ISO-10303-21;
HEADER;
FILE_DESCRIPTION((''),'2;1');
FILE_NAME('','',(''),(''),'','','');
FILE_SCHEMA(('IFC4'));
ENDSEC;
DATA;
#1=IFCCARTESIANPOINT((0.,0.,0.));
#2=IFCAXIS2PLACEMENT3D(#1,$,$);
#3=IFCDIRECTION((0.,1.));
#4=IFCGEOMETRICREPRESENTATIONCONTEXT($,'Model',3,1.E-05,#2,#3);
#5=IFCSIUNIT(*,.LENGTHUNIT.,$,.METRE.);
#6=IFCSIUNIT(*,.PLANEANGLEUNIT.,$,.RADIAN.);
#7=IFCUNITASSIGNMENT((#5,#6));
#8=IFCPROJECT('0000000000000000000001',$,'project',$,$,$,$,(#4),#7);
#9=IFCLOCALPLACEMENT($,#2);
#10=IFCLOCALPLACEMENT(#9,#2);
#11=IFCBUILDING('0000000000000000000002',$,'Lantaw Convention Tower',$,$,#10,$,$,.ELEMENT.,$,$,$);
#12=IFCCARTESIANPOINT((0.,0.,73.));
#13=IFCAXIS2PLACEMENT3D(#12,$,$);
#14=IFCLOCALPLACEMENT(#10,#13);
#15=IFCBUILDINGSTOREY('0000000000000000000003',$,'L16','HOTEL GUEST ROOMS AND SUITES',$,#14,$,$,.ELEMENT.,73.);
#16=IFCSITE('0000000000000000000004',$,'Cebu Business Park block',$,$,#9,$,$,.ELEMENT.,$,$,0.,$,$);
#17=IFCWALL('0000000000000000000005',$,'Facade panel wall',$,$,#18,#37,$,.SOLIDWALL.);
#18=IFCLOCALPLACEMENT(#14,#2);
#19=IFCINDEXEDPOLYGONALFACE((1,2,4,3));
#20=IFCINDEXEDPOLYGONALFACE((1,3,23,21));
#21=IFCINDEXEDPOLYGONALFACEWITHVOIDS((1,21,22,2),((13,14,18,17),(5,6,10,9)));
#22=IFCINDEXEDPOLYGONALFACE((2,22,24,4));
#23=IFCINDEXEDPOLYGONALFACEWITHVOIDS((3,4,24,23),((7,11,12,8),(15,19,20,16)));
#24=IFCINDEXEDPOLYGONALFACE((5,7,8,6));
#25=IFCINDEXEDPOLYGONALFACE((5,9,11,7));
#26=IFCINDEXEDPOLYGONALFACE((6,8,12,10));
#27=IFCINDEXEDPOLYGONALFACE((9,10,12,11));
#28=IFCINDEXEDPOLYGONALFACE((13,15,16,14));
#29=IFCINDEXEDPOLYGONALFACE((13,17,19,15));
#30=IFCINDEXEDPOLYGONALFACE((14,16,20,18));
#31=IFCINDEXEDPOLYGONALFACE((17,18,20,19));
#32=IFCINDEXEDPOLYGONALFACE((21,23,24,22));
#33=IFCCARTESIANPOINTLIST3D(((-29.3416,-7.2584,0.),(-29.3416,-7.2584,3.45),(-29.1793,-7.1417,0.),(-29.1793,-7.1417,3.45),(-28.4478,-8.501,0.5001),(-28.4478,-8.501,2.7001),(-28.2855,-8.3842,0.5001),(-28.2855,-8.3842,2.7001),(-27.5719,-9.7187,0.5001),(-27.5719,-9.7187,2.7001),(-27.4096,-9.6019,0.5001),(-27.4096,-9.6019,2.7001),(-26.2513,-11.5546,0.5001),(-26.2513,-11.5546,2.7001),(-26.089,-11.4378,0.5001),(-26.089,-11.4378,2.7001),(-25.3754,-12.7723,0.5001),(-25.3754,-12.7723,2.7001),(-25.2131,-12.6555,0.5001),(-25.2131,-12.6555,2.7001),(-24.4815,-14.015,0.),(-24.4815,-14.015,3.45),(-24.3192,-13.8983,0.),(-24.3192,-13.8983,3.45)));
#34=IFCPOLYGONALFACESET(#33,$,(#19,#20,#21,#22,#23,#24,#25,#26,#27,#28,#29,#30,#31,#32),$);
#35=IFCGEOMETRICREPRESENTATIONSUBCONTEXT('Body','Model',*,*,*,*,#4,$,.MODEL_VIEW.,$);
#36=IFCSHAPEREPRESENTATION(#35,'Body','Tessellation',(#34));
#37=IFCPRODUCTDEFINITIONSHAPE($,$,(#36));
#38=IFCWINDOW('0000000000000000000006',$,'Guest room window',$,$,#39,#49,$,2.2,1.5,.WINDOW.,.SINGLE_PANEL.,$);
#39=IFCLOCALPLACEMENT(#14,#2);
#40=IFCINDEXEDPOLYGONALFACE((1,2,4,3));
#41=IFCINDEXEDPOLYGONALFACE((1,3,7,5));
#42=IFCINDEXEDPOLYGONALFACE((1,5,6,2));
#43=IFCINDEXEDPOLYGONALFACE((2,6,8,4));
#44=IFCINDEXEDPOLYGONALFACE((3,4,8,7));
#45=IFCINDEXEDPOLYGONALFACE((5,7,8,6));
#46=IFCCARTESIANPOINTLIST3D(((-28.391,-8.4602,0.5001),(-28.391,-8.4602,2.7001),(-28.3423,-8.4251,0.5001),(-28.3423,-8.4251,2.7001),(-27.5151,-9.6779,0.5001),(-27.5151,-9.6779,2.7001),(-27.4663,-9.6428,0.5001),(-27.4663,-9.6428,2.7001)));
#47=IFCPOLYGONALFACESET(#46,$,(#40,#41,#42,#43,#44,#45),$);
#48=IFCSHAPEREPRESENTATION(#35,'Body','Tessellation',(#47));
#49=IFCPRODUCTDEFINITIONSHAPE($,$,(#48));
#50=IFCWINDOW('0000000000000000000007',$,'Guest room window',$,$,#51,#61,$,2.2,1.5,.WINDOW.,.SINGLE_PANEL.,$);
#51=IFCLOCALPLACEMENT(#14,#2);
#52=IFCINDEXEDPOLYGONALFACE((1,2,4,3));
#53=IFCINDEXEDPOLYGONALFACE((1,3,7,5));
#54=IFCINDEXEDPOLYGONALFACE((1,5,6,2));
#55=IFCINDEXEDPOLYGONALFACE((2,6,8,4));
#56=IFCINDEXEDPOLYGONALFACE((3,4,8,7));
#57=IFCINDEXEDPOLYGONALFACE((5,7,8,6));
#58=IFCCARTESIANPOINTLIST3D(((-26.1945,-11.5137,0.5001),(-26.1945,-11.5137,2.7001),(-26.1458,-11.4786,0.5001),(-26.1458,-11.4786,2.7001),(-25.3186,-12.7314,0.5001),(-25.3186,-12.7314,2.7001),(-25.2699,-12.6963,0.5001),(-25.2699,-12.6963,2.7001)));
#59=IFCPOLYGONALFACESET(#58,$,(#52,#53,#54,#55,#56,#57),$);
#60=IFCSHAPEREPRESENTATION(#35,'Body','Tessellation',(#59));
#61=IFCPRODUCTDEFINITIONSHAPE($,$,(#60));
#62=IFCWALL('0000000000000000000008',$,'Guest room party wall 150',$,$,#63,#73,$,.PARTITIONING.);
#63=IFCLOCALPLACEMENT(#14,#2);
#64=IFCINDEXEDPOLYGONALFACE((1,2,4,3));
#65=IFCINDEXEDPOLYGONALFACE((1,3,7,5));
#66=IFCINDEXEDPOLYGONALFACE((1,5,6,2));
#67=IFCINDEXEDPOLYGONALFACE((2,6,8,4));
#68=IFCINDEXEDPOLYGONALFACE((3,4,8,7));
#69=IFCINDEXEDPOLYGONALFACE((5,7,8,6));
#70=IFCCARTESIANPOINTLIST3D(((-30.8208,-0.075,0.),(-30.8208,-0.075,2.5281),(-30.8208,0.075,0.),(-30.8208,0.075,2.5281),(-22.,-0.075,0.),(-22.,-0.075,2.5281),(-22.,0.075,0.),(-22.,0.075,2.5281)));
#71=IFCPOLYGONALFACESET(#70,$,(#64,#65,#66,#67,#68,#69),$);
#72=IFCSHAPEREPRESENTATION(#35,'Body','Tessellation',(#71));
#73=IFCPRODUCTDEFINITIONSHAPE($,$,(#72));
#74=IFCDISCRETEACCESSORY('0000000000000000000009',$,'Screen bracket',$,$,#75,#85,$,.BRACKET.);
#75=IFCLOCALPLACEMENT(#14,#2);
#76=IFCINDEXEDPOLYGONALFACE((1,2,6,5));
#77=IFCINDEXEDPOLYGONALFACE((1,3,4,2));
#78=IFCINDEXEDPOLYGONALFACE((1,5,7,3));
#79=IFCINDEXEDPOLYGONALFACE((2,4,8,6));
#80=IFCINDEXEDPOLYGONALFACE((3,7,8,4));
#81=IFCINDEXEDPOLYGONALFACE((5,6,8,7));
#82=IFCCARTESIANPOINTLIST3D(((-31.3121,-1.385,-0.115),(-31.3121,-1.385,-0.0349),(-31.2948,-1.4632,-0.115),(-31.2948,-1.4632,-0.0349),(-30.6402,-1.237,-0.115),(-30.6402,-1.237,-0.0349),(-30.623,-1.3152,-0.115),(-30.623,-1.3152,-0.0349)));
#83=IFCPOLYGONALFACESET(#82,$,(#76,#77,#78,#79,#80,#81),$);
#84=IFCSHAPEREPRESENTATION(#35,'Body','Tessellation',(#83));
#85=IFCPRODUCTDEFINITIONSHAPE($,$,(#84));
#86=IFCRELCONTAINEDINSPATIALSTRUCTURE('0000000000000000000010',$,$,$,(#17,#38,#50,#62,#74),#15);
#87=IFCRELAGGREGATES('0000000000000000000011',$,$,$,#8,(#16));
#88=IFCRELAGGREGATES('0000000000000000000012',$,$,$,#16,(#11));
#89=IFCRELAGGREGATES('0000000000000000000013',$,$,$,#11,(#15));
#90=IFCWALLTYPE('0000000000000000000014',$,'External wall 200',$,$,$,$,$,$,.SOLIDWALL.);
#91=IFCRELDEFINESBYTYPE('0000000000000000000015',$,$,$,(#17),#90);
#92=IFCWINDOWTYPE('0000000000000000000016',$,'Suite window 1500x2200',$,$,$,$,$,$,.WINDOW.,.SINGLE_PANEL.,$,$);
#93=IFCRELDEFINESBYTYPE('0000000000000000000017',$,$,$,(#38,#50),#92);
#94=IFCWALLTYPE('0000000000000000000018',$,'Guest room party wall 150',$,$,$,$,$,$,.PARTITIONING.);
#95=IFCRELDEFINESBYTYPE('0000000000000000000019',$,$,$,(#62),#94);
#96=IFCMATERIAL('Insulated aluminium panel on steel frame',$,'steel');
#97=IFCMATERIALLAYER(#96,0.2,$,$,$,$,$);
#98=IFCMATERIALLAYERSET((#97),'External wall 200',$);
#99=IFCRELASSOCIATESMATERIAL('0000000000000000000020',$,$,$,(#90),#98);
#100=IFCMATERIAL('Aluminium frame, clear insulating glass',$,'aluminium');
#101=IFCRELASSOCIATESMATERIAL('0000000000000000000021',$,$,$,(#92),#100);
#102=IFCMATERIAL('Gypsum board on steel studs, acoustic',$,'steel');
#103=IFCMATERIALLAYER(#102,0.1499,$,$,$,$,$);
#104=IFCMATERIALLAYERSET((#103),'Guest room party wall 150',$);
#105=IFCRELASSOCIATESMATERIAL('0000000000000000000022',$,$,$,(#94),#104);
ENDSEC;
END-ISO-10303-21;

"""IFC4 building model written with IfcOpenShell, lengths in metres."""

from ifc_helpers import new_model, si_unit, direction, frame, frame_2d, origin, origin_2d, place, context, subcontext, project, spatial, rectangle, extrude, material, layer, layer_set, type_object, element, fill, save


model = new_model("IFC4")

# Units and contexts
model_context = context("Model", 3, precision=1e-05, world=origin(), true_north=direction((0.0, 1.0)))
body_context = subcontext(model_context, "Body", "Model", "MODEL_VIEW")
ifc_project = project(units=[si_unit("LENGTHUNIT", "METRE"), si_unit("PLANEANGLEUNIT", "RADIAN")], contexts=[model_context])

# Site, building, storey
site_placement = place(None, origin())
site = spatial("IfcSite", under=ifc_project, at=site_placement, Name="Cebu Business Park block", CompositionType="ELEMENT", RefElevation=0.0)
building_placement = place(site_placement, origin())
building = spatial("IfcBuilding", under=site, at=building_placement, Name="Lantaw Convention Tower", CompositionType="ELEMENT")
storey_placement = place(building_placement, frame((0.0, 0.0, 73.0)))
storey = spatial("IfcBuildingStorey", under=building, at=storey_placement, Name="L16", Description="HOTEL GUEST ROOMS AND SUITES", CompositionType="ELEMENT", Elevation=73.0)

# Wall, openings, windows
ifc_material_1 = material(Name="Insulated aluminium panel on steel frame", Category="steel")
ifc_layer_1 = layer(ifc_material_1, 0.2)
ifc_layer_set_1 = layer_set([ifc_layer_1], Name="External wall 200")
wall_type_1 = type_object("IfcWallType", Name="External wall 200", PredefinedType="SOLIDWALL", material=ifc_layer_set_1)
wall_1_placement = place(storey_placement, frame((-29.2605, -7.2, 0.0), z_axis=(0.0, 0.0, 1.0), x_axis=(0.583938, -0.811799, 0.0)))
wall_1 = element("IfcWall", 1, at=wall_1_placement, inside=storey, type_object=wall_type_1, Name="Facade panel wall", PredefinedType="SOLIDWALL", context=body_context, shape_type="SweptSolid", body=[
    extrude(rectangle(XDim=8.323, YDim=0.2, at=frame_2d((4.1616, 0.0))), origin(), (0.0, 0.0, 1.0), 3.45),
])
opening_1_placement = place(wall_1_placement, frame((1.5308, 0.0, 0.5)))
opening_1 = element("IfcOpeningElement", 2, at=opening_1_placement, cuts=wall_1, PredefinedType="OPENING", context=body_context, shape_type="SweptSolid", body=[
    extrude(rectangle(XDim=1.5, YDim=2.2, at=frame_2d((0.75, 1.1001))), frame((0.0, 0.1099, 0.0), z_axis=(0.0, -1.0, 0.0), x_axis=(1.0, 0.0, 0.0)), (0.0, 0.0, 1.0), 0.22),
])
opening_2_placement = place(wall_1_placement, frame((5.2922, 0.0, 0.5)))
opening_2 = element("IfcOpeningElement", 3, at=opening_2_placement, cuts=wall_1, PredefinedType="OPENING", context=body_context, shape_type="SweptSolid", body=[
    extrude(rectangle(XDim=1.5, YDim=2.2, at=frame_2d((0.75, 1.1001))), frame((0.0, 0.1099, 0.0), z_axis=(0.0, -1.0, 0.0), x_axis=(1.0, 0.0, 0.0)), (0.0, 0.0, 1.0), 0.22),
])
ifc_material_2 = material(Name="Aluminium frame, clear insulating glass", Category="aluminium")
window_type = type_object("IfcWindowType", Name="Suite window 1500x2200", PartitioningType="SINGLE_PANEL", PredefinedType="WINDOW", material=ifc_material_2)
window_1_placement = place(opening_1_placement, origin())
window_1 = element("IfcWindow", 4, at=window_1_placement, inside=storey, type_object=window_type, Name="Guest room window", OverallHeight=2.2, OverallWidth=1.5, PartitioningType="SINGLE_PANEL", PredefinedType="WINDOW", context=body_context, shape_type="SweptSolid", body=[
    extrude(rectangle(XDim=1.5, YDim=2.2, at=frame_2d((0.75, 1.1001))), frame((0.0, 0.03, 0.0), z_axis=(0.0, -1.0, 0.0), x_axis=(1.0, 0.0, 0.0)), (0.0, 0.0, 1.0), 0.0601),
])
fill(opening_1, window_1)
window_2_placement = place(opening_2_placement, origin())
window_2 = element("IfcWindow", 5, at=window_2_placement, inside=storey, type_object=window_type, Name="Guest room window", OverallHeight=2.2, OverallWidth=1.5, PartitioningType="SINGLE_PANEL", PredefinedType="WINDOW", context=body_context, shape_type="SweptSolid", body=[
    extrude(rectangle(XDim=1.5, YDim=2.2, at=frame_2d((0.75, 1.1001))), frame((0.0, 0.03, 0.0), z_axis=(0.0, -1.0, 0.0), x_axis=(1.0, 0.0, 0.0)), (0.0, 0.0, 1.0), 0.0601),
])
fill(opening_2, window_2)

# Wall
ifc_material_3 = material(Name="Gypsum board on steel studs, acoustic", Category="steel")
ifc_layer_2 = layer(ifc_material_3, 0.1499)
ifc_layer_set_2 = layer_set([ifc_layer_2], Name="Guest room party wall 150")
wall_type_2 = type_object("IfcWallType", Name="Guest room party wall 150", PredefinedType="PARTITIONING", material=ifc_layer_set_2)
wall_2_placement = place(storey_placement, frame((-30.8208, 0.0, 0.0), z_axis=(0.0, 0.0, 1.0), x_axis=(1.0, 0.0, 0.0)))
element("IfcWall", 6, at=wall_2_placement, inside=storey, type_object=wall_type_2, Name="Guest room party wall 150", PredefinedType="PARTITIONING", context=body_context, shape_type="SweptSolid", body=[
    extrude(rectangle(XDim=8.8208, YDim=0.1499, at=frame_2d((4.4104, 0.0))), origin(), (0.0, 0.0, 1.0), 2.5281),
])

# Discrete accessory
discrete_accessory_placement = place(storey_placement, frame((-30.9675, -1.3501, -0.115), z_axis=(0.0, 0.0, 1.0), x_axis=(0.215246, -0.97656, 0.0)))
element("IfcDiscreteAccessory", 7, at=discrete_accessory_placement, inside=storey, Name="Screen bracket", PredefinedType="BRACKET", context=body_context, shape_type="SweptSolid", body=[
    extrude(rectangle(XDim=0.0801, YDim=0.688, at=origin_2d()), origin(), (0.0, 0.0, 1.0), 0.0801),
])

save(model, "model.ifc")
